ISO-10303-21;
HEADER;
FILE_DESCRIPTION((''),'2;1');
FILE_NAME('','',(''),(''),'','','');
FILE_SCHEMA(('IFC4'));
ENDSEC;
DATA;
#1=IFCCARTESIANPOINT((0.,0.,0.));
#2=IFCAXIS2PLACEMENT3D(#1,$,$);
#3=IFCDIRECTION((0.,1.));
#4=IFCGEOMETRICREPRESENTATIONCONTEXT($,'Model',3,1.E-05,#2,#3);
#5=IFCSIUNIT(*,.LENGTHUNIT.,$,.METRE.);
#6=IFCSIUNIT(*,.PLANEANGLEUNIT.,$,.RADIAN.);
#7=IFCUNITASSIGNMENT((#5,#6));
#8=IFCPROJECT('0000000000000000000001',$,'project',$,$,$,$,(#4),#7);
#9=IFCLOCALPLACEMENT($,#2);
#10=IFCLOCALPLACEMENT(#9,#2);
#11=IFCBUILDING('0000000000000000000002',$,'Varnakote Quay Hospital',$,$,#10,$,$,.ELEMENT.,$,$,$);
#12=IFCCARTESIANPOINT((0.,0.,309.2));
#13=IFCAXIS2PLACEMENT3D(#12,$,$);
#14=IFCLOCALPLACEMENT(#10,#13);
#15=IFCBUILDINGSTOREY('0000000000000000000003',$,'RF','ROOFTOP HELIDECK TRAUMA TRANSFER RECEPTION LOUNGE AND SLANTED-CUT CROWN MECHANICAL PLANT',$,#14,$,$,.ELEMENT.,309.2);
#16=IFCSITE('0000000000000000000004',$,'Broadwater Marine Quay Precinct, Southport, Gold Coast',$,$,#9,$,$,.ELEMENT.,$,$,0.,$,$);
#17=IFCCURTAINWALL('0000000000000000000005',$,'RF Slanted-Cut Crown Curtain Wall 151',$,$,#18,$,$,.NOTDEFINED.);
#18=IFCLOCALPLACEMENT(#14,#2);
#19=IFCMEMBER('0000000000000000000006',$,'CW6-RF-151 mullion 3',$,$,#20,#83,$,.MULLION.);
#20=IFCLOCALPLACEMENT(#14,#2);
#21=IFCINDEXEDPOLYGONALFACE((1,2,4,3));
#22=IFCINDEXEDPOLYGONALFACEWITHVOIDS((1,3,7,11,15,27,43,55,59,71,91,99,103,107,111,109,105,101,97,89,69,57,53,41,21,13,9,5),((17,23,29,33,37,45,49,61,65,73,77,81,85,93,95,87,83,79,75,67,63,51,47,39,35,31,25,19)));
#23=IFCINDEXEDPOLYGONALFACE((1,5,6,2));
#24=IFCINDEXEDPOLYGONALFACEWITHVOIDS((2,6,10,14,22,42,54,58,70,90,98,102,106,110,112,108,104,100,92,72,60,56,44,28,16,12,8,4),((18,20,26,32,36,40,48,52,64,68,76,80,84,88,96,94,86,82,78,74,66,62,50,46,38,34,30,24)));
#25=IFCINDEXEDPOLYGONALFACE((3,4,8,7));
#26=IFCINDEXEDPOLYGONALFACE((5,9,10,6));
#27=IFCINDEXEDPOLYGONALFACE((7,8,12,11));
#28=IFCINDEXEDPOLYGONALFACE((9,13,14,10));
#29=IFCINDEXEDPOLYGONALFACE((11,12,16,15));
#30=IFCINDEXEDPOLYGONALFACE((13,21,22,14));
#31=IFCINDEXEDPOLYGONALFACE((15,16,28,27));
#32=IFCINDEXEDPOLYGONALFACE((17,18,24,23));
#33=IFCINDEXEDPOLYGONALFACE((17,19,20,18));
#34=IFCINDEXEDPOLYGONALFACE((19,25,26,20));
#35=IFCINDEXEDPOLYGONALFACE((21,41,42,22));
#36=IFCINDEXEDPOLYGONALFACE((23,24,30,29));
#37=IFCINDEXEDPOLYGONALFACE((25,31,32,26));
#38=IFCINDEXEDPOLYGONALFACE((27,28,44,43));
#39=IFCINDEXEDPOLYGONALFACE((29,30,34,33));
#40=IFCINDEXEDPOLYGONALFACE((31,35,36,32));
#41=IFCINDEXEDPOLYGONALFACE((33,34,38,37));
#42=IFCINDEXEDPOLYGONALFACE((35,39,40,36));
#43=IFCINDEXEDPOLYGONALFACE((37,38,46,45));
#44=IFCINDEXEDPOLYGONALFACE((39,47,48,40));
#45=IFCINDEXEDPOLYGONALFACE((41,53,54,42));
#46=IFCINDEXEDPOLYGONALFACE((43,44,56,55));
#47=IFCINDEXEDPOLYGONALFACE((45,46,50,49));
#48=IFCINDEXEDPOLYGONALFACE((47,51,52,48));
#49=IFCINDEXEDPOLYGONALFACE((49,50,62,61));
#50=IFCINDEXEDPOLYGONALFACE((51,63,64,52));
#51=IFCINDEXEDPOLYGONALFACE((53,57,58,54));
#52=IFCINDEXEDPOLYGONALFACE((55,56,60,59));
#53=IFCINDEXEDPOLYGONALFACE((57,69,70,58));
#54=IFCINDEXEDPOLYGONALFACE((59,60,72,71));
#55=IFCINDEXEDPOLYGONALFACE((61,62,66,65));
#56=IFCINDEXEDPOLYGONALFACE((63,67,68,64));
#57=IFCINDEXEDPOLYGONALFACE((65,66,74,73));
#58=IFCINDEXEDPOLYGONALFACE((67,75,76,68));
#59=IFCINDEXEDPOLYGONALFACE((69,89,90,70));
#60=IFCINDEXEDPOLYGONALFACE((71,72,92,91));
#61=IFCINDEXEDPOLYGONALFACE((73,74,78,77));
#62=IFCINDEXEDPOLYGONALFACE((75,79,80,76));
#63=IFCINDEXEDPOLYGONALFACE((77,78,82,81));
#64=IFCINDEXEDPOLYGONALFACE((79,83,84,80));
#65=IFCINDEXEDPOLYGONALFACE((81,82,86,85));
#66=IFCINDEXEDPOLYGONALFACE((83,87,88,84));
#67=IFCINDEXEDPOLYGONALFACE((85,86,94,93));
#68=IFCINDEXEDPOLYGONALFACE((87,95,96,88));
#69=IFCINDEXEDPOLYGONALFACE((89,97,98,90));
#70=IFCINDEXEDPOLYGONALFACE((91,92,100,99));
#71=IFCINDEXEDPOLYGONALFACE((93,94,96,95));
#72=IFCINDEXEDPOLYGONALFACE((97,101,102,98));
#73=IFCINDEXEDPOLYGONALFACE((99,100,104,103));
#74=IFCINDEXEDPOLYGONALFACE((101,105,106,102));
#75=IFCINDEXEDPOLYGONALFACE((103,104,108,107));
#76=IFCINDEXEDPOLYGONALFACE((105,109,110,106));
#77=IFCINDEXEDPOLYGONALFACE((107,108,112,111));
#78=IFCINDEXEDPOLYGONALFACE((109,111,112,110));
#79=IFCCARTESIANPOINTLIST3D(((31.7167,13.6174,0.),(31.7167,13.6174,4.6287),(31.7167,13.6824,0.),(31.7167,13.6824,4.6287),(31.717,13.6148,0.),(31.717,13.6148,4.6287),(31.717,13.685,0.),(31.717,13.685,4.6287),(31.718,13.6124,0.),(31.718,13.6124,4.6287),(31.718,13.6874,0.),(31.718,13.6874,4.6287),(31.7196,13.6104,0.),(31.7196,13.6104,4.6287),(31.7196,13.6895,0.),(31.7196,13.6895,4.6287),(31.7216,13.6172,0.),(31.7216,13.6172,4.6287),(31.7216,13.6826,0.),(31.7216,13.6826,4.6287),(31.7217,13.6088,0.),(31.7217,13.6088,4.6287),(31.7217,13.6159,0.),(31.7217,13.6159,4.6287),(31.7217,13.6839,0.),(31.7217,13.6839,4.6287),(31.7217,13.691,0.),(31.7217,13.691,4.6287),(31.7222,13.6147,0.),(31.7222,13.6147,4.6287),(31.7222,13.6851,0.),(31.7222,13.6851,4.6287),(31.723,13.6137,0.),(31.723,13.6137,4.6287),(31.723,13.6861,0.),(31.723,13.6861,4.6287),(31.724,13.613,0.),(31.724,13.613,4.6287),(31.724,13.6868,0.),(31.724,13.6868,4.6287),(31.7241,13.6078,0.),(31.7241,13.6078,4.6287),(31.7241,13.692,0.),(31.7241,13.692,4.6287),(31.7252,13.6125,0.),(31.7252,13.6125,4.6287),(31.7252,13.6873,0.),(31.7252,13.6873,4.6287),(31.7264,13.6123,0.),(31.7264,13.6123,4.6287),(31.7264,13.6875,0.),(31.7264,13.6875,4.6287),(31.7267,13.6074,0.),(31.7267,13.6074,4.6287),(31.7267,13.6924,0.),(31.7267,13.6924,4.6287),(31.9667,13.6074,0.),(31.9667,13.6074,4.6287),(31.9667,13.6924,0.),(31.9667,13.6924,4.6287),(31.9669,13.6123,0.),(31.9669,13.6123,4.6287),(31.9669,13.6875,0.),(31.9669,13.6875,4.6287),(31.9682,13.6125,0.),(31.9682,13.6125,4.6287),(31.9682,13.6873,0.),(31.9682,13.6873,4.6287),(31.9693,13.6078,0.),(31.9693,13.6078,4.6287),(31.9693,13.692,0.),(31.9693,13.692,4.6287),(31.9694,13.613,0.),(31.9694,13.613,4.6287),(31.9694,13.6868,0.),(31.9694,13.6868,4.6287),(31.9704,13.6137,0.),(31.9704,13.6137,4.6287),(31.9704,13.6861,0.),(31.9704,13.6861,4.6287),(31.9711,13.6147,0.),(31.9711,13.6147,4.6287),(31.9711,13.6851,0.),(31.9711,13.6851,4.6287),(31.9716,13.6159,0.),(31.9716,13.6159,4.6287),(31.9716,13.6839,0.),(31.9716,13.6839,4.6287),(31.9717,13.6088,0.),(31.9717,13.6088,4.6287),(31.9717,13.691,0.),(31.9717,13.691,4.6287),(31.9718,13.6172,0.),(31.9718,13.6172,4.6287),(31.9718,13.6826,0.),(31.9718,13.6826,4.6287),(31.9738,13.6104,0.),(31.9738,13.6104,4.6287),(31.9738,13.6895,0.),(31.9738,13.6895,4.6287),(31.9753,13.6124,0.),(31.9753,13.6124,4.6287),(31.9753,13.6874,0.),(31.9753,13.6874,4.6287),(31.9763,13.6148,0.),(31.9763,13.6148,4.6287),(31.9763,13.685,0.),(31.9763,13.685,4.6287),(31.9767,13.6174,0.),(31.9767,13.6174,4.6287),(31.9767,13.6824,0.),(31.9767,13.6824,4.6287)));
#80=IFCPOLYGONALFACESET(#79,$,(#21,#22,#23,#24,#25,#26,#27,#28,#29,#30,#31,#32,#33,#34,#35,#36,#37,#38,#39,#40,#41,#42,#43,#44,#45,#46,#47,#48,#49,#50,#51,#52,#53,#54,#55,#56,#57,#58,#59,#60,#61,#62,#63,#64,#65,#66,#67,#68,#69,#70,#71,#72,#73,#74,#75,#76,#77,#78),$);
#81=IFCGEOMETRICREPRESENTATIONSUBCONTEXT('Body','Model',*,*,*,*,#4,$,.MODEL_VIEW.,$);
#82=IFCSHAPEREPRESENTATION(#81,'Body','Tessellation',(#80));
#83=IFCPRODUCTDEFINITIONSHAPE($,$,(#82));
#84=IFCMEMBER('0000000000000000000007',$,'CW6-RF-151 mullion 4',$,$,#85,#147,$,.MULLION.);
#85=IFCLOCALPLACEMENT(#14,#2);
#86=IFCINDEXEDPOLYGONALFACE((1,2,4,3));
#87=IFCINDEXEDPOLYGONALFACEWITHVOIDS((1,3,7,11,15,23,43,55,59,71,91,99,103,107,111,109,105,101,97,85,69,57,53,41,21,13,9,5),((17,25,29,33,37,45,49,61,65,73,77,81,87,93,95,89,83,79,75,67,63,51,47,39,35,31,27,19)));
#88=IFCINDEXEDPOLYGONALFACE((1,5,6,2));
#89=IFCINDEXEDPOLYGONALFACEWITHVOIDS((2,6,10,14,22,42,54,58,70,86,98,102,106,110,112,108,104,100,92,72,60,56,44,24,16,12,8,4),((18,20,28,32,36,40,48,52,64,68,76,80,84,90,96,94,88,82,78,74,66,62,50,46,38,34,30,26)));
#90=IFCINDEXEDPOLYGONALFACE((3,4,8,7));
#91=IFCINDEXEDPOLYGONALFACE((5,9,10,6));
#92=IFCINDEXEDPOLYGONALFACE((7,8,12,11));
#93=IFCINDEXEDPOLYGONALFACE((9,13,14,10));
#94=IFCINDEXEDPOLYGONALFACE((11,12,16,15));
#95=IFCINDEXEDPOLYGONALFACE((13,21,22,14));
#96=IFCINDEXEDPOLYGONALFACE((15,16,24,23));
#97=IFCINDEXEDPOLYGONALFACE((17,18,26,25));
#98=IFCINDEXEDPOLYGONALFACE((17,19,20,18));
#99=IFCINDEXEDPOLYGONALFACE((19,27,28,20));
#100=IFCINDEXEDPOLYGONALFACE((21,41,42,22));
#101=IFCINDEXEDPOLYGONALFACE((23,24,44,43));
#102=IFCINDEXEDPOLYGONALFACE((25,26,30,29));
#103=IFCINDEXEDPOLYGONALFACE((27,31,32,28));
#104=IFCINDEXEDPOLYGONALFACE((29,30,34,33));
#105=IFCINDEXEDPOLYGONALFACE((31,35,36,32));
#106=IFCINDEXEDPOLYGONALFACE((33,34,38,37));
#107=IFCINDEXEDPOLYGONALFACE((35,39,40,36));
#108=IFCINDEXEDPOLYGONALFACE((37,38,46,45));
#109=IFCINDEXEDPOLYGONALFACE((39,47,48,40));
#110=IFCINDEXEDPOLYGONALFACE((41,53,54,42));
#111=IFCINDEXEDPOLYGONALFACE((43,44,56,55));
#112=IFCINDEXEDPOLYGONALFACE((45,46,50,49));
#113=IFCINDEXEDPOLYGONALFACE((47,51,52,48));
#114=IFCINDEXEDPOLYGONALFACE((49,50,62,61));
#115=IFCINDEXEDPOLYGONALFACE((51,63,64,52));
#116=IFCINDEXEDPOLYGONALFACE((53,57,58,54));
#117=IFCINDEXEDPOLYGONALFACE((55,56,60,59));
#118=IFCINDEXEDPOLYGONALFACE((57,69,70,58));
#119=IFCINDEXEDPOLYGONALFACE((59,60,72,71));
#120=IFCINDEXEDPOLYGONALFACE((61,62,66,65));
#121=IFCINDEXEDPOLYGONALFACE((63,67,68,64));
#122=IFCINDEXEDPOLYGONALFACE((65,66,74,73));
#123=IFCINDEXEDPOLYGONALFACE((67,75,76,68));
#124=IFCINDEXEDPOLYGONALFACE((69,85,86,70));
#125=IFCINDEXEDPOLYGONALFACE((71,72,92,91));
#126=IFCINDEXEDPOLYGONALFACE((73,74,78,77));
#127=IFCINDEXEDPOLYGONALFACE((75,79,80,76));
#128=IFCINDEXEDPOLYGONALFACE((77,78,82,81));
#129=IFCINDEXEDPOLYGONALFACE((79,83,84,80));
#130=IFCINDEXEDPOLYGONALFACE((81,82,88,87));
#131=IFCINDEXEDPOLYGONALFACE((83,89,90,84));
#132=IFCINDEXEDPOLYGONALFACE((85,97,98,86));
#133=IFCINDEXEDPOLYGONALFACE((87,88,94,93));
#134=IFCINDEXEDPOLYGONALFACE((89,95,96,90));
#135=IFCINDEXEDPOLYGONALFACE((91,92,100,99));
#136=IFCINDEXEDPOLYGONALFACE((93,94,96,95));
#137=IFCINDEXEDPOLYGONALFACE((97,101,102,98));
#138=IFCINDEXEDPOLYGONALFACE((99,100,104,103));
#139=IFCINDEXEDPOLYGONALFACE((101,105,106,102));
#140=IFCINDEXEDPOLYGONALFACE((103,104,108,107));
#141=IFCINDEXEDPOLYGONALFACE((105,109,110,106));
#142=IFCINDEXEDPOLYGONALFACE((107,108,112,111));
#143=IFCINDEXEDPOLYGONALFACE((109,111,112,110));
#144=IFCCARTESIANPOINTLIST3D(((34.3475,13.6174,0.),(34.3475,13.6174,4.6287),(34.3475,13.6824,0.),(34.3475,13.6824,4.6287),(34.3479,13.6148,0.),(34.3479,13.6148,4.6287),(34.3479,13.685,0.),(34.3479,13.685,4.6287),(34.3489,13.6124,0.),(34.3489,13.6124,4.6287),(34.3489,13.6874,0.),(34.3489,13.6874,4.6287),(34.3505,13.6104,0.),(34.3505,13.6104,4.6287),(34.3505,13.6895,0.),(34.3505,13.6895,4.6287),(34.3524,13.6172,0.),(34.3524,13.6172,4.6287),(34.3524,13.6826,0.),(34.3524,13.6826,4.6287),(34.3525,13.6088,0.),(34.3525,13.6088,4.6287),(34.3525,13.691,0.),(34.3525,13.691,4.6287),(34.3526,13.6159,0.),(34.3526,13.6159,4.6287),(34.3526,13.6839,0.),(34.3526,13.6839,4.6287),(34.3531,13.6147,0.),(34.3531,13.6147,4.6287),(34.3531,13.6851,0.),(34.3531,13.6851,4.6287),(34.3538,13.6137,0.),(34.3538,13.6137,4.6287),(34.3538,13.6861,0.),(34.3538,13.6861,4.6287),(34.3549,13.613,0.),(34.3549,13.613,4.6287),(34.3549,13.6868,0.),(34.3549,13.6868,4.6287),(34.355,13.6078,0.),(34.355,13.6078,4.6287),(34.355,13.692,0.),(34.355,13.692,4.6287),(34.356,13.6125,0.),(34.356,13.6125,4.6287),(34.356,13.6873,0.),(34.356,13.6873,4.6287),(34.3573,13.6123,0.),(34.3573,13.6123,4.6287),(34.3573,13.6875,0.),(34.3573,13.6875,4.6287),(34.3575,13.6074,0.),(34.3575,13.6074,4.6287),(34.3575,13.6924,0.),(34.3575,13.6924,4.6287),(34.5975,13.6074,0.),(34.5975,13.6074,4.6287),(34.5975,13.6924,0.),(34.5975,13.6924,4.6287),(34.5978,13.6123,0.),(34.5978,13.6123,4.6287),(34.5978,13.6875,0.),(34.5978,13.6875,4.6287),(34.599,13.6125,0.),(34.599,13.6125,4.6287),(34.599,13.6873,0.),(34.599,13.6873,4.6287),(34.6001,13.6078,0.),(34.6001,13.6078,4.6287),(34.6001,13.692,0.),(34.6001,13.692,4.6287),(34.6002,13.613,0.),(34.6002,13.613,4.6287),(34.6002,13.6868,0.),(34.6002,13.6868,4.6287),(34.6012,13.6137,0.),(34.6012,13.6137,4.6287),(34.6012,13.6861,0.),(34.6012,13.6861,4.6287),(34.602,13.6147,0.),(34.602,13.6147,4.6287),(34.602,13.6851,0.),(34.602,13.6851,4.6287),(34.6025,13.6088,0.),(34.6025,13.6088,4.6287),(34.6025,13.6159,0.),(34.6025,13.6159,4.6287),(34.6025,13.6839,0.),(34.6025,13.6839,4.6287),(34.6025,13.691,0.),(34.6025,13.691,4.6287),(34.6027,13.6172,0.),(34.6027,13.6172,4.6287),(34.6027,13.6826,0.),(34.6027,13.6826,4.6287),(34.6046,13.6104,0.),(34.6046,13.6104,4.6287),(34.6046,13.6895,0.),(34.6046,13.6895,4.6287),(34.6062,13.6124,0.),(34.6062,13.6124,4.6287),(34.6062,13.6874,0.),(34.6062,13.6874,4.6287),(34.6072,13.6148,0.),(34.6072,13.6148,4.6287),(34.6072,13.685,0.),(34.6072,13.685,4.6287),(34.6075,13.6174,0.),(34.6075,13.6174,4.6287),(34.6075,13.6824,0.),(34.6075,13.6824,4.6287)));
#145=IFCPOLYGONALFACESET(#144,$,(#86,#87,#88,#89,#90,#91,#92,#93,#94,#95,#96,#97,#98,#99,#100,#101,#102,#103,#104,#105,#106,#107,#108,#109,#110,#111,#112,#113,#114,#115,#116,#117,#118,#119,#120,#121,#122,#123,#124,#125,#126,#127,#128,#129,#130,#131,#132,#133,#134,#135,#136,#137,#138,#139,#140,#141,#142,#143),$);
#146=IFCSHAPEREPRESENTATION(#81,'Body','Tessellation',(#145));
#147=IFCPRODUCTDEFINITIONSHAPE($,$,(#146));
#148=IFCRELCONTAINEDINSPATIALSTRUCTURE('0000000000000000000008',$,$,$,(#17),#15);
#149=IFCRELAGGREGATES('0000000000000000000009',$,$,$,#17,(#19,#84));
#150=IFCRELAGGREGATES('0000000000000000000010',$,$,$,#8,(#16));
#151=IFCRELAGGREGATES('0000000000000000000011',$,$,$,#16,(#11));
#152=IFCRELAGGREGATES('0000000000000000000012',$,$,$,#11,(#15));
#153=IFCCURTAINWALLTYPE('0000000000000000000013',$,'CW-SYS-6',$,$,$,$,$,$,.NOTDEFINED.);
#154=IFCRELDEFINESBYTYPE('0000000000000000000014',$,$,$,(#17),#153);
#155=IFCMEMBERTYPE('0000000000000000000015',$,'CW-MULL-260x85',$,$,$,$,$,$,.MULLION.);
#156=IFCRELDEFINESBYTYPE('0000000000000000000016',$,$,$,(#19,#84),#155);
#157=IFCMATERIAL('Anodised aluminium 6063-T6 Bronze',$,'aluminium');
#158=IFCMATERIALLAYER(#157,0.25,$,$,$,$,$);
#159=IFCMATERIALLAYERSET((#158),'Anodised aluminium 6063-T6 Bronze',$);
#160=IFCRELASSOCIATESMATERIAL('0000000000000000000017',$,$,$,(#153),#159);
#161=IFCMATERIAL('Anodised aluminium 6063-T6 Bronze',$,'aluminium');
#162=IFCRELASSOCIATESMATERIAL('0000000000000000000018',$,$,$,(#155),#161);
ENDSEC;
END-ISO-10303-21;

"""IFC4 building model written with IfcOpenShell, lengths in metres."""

from ifc_helpers import new_model, si_unit, direction, frame, origin, origin_2d, place, context, subcontext, project, spatial, hollow_rectangle, extrude, material, layer, layer_set, material_profile, profile_set, type_object, element, aggregate, save


model = new_model("IFC4")

# Units and contexts
model_context = context("Model", 3, precision=1e-05, world=origin(), true_north=direction((0.0, 1.0)))
body_context = subcontext(model_context, "Body", "Model", "MODEL_VIEW")
ifc_project = project(units=[si_unit("LENGTHUNIT", "METRE"), si_unit("PLANEANGLEUNIT", "RADIAN")], contexts=[model_context])

# Site, building, storey
site_placement = place(None, origin())
site = spatial("IfcSite", under=ifc_project, at=site_placement, Name="Broadwater Marine Quay Precinct, Southport, Gold Coast", CompositionType="ELEMENT", RefElevation=0.0)
building_placement = place(site_placement, origin())
building = spatial("IfcBuilding", under=site, at=building_placement, Name="Varnakote Quay Hospital", CompositionType="ELEMENT")
storey_placement = place(building_placement, frame((0.0, 0.0, 309.2)))
storey = spatial("IfcBuildingStorey", under=building, at=storey_placement, Name="RF", Description="ROOFTOP HELIDECK TRAUMA TRANSFER RECEPTION LOUNGE AND SLANTED-CUT CROWN MECHANICAL PLANT", CompositionType="ELEMENT", Elevation=309.2)

# Curtain wall, members
ifc_material_1 = material(Name="Anodised aluminium 6063-T6 Bronze", Category="aluminium")
ifc_layer_1 = layer(ifc_material_1, 0.25)
ifc_layer_set_1 = layer_set([ifc_layer_1], Name="Anodised aluminium 6063-T6 Bronze")
curtain_wall_type = type_object("IfcCurtainWallType", Name="CW-SYS-6", PredefinedType="NOTDEFINED", material=ifc_layer_set_1)
ifc_material_2 = material(Name="Anodised aluminium 6063-T6 Bronze", Category="aluminium")
ifc_material_profile_1 = material_profile(ifc_material_2, hollow_rectangle(XDim=0.085, YDim=0.26, WallThickness=0.0049, InnerFilletRadius=0.0049, OuterFilletRadius=0.01, at=origin_2d()), Name="CW-MULL-260x85")
ifc_profile_set_1 = profile_set([ifc_material_profile_1], Name="Anodised aluminium 6063-T6 Bronze")
member_type_1 = type_object("IfcMemberType", Name="CW-MULL-260x85", PredefinedType="MULLION", material=ifc_profile_set_1)
curtain_wall_1_placement = place(storey_placement, origin())
curtain_wall_1 = element("IfcCurtainWall", 1, at=curtain_wall_1_placement, inside=storey, type_object=curtain_wall_type, Name="RF Slanted-Cut Crown Curtain Wall 151", PredefinedType="NOTDEFINED")
member_1_placement = place(storey_placement, frame((31.8467, 13.6499, 0.0), z_axis=(0.0, 0.0, 1.0), x_axis=(0.0, 1.0, 0.0)))
member_1 = element("IfcMember", 2, at=member_1_placement, type_object=member_type_1, Name="CW6-RF-151 mullion 3", PredefinedType="MULLION", context=body_context, shape_type="SweptSolid", body=[
    extrude(hollow_rectangle(XDim=0.085, YDim=0.26, WallThickness=0.0049, InnerFilletRadius=0.0049, OuterFilletRadius=0.01, at=origin_2d()), origin(), (0.0, 0.0, 1.0), 4.6287),
])
member_2_placement = place(storey_placement, frame((34.4775, 13.6499, 0.0), z_axis=(0.0, 0.0, 1.0), x_axis=(0.0, 1.0, 0.0)))
member_2 = element("IfcMember", 3, at=member_2_placement, type_object=member_type_1, Name="CW6-RF-151 mullion 4", PredefinedType="MULLION", context=body_context, shape_type="SweptSolid", body=[
    extrude(hollow_rectangle(XDim=0.085, YDim=0.26, WallThickness=0.0049, InnerFilletRadius=0.0049, OuterFilletRadius=0.01, at=origin_2d()), origin(), (0.0, 0.0, 1.0), 4.6287),
])

aggregate(curtain_wall_1, [member_1, member_2])

save(model, "model.ifc")
